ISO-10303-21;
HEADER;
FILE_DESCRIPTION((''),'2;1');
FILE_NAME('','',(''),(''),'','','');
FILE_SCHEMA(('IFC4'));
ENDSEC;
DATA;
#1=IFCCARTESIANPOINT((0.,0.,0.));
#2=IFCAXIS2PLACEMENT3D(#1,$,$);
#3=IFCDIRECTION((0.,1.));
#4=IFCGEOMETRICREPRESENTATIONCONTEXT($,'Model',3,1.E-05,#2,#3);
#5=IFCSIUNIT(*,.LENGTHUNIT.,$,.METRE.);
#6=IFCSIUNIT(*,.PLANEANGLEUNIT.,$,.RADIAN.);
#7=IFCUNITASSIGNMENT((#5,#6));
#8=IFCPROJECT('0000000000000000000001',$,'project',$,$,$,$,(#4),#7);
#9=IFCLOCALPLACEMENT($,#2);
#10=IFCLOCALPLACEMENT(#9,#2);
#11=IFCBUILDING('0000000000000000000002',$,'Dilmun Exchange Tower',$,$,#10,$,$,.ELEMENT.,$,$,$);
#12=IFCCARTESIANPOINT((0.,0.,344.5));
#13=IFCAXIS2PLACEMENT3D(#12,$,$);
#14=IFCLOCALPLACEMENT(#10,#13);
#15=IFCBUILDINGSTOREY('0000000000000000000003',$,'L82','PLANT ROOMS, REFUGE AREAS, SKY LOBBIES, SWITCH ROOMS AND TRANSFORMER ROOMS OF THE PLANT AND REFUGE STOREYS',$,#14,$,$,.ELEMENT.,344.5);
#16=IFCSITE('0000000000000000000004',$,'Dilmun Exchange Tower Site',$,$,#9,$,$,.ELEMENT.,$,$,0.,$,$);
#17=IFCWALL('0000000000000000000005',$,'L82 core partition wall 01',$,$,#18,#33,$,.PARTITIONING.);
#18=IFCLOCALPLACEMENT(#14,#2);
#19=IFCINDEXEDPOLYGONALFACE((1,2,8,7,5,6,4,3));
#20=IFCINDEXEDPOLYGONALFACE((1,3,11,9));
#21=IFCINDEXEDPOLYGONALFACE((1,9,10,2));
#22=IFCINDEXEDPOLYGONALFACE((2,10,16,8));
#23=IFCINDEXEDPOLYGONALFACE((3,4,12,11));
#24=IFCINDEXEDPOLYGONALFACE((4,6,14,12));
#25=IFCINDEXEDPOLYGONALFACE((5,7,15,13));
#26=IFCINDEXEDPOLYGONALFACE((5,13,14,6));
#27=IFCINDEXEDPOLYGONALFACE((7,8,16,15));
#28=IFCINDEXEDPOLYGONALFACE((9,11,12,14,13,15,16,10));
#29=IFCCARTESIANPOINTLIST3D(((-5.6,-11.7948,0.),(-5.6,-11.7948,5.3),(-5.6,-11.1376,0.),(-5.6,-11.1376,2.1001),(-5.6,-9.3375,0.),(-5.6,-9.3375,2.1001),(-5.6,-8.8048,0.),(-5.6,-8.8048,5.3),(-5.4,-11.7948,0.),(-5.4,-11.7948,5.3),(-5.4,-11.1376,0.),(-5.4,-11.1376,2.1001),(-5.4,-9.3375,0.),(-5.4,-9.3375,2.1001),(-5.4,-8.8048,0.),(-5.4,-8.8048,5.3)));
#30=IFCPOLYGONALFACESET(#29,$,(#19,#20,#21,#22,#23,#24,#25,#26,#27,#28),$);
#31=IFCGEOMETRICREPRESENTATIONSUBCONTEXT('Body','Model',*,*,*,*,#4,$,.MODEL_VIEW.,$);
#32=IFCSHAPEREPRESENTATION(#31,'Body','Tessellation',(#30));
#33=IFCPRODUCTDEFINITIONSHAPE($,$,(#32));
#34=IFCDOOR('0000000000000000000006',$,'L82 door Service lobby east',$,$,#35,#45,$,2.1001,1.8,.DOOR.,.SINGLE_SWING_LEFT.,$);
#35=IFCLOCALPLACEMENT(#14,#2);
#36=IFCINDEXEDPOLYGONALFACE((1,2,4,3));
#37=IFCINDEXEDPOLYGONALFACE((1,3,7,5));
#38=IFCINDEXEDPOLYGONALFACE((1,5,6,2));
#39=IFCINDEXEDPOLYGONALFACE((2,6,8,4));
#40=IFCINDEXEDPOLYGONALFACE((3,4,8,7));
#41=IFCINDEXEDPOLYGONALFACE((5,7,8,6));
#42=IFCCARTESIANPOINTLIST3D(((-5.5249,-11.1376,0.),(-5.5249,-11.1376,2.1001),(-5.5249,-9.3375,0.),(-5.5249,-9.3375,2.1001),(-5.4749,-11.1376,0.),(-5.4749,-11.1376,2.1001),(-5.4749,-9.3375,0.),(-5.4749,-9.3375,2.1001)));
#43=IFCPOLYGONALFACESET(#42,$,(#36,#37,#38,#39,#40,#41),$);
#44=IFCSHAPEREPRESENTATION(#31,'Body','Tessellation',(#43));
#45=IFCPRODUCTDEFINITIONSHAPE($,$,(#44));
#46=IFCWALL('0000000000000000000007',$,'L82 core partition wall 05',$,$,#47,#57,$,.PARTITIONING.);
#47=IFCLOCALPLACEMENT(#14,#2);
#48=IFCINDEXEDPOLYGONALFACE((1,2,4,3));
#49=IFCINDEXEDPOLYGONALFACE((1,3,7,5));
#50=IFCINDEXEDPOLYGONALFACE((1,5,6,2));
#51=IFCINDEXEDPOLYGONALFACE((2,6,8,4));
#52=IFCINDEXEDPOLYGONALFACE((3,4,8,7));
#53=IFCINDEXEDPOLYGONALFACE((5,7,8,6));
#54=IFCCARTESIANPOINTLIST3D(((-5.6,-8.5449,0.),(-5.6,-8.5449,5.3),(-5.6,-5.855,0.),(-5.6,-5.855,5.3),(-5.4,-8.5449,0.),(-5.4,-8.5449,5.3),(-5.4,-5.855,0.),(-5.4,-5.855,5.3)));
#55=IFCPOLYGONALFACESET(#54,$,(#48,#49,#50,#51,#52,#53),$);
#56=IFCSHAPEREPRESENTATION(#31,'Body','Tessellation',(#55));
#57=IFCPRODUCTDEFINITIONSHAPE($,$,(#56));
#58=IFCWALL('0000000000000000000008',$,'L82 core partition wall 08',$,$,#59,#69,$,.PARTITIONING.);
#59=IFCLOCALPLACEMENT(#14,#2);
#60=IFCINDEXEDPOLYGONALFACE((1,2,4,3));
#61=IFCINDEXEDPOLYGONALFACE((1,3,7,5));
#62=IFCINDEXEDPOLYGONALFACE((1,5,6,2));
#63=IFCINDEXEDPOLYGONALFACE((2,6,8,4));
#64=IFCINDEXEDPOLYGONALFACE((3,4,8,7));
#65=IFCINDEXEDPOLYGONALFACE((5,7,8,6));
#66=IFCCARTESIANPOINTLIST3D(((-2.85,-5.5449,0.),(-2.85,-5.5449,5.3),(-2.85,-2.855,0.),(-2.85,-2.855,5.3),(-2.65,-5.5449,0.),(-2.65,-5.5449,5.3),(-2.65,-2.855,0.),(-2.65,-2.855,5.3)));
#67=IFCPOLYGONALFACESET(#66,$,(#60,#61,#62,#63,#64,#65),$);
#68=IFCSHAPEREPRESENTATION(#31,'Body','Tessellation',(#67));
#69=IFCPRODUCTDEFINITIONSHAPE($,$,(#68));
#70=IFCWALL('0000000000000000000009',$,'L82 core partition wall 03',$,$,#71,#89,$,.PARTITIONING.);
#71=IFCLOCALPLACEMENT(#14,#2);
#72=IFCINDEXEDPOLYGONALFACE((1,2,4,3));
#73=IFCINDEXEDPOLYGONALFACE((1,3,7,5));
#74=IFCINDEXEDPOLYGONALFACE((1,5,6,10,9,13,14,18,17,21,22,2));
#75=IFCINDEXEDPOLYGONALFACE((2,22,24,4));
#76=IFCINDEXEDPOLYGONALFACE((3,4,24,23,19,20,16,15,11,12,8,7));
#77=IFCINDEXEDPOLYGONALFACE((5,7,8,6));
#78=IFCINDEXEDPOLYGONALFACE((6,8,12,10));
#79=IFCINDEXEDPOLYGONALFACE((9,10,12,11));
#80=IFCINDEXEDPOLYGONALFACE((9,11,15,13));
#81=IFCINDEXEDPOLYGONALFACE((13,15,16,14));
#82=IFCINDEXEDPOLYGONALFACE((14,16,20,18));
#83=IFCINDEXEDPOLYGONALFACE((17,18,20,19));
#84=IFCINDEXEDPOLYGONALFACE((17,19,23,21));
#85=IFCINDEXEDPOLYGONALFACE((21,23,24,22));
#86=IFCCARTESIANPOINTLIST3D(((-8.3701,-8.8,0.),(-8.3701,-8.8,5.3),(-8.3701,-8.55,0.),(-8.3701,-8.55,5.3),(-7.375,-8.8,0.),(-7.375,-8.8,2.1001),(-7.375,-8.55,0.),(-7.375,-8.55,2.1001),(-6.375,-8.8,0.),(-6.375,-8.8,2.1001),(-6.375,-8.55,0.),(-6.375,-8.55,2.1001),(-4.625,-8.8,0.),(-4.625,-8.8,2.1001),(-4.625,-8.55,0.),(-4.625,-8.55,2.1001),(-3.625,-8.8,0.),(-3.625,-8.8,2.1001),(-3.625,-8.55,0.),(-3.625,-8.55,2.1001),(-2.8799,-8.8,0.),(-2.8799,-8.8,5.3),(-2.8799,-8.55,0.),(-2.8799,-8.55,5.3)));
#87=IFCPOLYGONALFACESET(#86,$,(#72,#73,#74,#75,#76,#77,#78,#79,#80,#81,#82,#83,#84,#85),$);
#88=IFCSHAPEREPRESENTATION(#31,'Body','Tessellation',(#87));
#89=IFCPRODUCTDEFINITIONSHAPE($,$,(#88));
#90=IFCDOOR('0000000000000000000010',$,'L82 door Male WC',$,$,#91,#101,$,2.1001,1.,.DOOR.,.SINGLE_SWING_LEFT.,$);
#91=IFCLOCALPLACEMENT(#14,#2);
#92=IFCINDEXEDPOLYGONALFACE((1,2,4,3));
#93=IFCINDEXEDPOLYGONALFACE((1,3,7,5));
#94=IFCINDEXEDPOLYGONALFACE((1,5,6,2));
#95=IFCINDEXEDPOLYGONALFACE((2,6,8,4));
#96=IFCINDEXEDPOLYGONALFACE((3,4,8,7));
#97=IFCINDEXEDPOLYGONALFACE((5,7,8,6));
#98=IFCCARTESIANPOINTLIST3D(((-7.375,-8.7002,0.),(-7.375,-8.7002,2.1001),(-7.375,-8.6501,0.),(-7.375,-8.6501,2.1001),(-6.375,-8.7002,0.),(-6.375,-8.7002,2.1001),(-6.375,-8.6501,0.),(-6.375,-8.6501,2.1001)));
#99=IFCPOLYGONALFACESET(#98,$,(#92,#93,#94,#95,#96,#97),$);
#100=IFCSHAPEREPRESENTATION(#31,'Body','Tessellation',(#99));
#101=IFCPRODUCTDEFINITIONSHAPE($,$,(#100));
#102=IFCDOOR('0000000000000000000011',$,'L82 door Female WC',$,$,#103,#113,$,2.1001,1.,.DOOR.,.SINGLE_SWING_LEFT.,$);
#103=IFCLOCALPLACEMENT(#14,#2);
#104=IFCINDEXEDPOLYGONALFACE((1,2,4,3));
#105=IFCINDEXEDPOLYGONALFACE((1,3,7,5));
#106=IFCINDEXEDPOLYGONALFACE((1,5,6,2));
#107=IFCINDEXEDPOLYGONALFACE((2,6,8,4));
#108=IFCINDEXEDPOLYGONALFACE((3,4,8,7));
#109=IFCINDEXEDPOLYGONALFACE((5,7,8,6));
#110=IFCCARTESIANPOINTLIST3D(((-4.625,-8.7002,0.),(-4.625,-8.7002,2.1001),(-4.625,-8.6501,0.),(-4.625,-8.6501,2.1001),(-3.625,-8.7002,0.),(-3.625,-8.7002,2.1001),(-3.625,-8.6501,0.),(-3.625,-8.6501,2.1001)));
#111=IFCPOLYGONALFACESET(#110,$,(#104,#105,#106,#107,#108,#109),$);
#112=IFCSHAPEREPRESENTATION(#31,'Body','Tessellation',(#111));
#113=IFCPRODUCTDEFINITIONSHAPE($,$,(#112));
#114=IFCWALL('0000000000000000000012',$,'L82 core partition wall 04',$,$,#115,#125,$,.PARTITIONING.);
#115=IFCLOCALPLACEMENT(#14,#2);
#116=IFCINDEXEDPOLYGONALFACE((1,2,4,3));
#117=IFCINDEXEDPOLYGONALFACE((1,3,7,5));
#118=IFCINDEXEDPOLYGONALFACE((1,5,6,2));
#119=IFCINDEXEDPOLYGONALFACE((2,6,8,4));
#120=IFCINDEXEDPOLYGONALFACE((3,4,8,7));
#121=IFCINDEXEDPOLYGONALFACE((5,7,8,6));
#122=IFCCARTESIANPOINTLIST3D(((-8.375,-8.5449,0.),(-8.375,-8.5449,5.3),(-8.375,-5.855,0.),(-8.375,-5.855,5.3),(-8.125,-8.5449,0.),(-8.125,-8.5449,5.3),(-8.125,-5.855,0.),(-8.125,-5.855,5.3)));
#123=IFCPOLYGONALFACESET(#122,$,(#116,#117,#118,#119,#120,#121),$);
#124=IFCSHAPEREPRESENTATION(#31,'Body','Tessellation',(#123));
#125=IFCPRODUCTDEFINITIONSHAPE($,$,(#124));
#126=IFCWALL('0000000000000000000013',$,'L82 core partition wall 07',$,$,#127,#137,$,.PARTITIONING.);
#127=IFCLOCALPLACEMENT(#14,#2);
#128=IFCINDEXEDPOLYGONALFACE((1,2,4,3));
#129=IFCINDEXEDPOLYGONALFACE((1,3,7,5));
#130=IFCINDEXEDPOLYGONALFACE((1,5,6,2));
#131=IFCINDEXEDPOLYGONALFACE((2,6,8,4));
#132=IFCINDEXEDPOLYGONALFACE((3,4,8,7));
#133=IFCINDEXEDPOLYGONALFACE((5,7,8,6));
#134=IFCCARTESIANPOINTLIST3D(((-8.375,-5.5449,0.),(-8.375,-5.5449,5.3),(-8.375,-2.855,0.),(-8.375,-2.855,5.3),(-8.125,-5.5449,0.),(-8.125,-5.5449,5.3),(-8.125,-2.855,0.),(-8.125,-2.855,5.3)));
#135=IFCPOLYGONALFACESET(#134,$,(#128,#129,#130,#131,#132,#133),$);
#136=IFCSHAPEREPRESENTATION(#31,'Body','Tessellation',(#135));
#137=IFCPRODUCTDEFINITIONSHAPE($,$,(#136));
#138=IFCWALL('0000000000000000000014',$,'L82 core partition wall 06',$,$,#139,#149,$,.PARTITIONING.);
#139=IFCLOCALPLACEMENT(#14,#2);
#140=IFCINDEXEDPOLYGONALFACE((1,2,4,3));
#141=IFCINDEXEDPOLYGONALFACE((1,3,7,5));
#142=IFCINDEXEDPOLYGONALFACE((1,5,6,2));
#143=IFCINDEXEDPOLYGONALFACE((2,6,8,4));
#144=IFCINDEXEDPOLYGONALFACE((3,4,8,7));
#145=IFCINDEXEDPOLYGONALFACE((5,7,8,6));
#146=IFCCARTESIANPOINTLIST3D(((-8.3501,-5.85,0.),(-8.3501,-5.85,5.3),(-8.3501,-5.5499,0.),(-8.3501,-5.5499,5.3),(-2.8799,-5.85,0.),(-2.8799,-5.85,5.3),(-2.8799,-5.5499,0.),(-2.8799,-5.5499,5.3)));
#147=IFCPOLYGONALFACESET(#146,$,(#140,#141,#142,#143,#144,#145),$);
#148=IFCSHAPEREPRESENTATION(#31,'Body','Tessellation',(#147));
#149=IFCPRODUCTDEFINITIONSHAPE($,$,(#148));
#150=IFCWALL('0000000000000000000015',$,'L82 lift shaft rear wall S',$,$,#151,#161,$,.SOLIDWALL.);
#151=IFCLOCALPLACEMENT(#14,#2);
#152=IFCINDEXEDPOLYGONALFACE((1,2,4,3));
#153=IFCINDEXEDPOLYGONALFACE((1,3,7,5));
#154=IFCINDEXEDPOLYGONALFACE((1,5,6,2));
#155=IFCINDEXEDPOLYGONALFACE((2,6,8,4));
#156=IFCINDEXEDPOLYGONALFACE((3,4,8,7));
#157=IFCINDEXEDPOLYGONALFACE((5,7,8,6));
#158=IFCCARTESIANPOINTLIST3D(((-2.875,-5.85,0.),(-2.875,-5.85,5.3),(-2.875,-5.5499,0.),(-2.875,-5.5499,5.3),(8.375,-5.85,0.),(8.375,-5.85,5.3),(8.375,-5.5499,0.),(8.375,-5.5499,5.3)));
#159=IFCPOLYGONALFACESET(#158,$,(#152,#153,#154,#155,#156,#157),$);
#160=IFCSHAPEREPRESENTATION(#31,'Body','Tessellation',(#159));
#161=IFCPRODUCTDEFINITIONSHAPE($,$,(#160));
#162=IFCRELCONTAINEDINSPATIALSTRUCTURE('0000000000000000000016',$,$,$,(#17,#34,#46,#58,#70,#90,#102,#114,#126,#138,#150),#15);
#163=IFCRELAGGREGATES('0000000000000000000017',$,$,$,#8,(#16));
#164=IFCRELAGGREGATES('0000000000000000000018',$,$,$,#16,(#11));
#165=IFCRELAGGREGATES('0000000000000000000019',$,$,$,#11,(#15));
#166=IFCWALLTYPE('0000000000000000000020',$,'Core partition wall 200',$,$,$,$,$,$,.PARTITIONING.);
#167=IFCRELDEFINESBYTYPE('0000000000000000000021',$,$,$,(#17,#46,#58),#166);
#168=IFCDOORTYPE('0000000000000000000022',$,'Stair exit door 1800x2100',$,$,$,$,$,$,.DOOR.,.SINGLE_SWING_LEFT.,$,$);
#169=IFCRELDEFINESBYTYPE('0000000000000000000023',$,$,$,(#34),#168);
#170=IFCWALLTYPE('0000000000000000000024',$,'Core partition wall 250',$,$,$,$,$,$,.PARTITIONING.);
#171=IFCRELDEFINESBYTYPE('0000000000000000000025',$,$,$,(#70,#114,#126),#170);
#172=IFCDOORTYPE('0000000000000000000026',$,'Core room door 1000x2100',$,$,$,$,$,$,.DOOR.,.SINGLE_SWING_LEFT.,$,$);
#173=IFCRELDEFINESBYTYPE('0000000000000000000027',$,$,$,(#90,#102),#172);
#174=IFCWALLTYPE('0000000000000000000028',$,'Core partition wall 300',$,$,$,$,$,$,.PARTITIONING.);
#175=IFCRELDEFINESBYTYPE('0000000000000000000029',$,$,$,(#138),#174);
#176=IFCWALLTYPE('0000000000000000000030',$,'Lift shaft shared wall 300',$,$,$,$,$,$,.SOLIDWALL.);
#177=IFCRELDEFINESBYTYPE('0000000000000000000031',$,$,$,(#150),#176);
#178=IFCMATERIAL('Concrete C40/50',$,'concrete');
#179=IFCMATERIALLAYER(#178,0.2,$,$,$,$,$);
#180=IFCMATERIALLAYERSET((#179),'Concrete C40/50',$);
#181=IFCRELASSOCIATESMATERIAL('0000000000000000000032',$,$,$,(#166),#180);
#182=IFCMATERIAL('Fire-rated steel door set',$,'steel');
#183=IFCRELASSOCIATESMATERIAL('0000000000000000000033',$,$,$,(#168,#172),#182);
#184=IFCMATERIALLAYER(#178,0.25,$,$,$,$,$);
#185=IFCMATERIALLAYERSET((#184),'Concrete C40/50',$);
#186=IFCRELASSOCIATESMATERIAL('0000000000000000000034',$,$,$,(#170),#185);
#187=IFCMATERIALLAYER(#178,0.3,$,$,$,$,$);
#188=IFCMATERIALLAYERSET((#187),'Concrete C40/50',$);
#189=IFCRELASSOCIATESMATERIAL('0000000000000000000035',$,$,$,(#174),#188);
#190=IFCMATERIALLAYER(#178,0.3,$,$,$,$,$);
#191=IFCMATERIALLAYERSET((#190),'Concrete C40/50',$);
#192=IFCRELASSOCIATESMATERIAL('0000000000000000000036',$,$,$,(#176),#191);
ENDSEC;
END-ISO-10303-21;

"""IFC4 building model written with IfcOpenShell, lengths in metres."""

from ifc_helpers import new_model, si_unit, direction, frame, frame_2d, origin, place, context, subcontext, project, spatial, rectangle, extrude, material, layer, layer_set, type_object, element, fill, save


model = new_model("IFC4")

# Units and contexts
model_context = context("Model", 3, precision=1e-05, world=origin(), true_north=direction((0.0, 1.0)))
body_context = subcontext(model_context, "Body", "Model", "MODEL_VIEW")
ifc_project = project(units=[si_unit("LENGTHUNIT", "METRE"), si_unit("PLANEANGLEUNIT", "RADIAN")], contexts=[model_context])

# Site, building, storey
site_placement = place(None, origin())
site = spatial("IfcSite", under=ifc_project, at=site_placement, Name="Dilmun Exchange Tower Site", CompositionType="ELEMENT", RefElevation=0.0)
building_placement = place(site_placement, origin())
building = spatial("IfcBuilding", under=site, at=building_placement, Name="Dilmun Exchange Tower", CompositionType="ELEMENT")
storey_placement = place(building_placement, frame((0.0, 0.0, 344.5)))
storey = spatial("IfcBuildingStorey", under=building, at=storey_placement, Name="L82", Description="PLANT ROOMS, REFUGE AREAS, SKY LOBBIES, SWITCH ROOMS AND TRANSFORMER ROOMS OF THE PLANT AND REFUGE STOREYS", CompositionType="ELEMENT", Elevation=344.5)

# Wall, opening, door
ifc_material_1 = material(Name="Concrete C40/50", Category="concrete")
ifc_layer_1 = layer(ifc_material_1, 0.2)
ifc_layer_set_1 = layer_set([ifc_layer_1], Name="Concrete C40/50")
wall_type_1 = type_object("IfcWallType", Name="Core partition wall 200", PredefinedType="PARTITIONING", material=ifc_layer_set_1)
wall_1_placement = place(storey_placement, frame((-5.5, -11.7949, 0.0), z_axis=(0.0, 0.0, 1.0), x_axis=(0.0, 1.0, 0.0)))
wall_1 = element("IfcWall", 1, at=wall_1_placement, inside=storey, type_object=wall_type_1, Name="L82 core partition wall 01", PredefinedType="PARTITIONING", context=body_context, shape_type="SweptSolid", body=[
    extrude(rectangle(XDim=2.99, YDim=0.2, at=frame_2d((1.4951, 0.0))), origin(), (0.0, 0.0, 1.0), 5.3),
])
opening_1_placement = place(wall_1_placement, frame((0.6575, 0.0, 0.0)))
opening_1 = element("IfcOpeningElement", 2, at=opening_1_placement, cuts=wall_1, PredefinedType="OPENING", context=body_context, shape_type="SweptSolid", body=[
    extrude(rectangle(XDim=1.8, YDim=2.1001, at=frame_2d((0.8999, 1.05))), frame((0.0, 0.1099, 0.0), z_axis=(0.0, -1.0, 0.0), x_axis=(1.0, 0.0, 0.0)), (0.0, 0.0, 1.0), 0.22),
])
ifc_material_2 = material(Name="Fire-rated steel door set", Category="steel")
door_type_1 = type_object("IfcDoorType", Name="Stair exit door 1800x2100", OperationType="SINGLE_SWING_LEFT", PredefinedType="DOOR", material=ifc_material_2)
door_1_placement = place(opening_1_placement, origin())
door_1 = element("IfcDoor", 3, at=door_1_placement, inside=storey, type_object=door_type_1, Name="L82 door Service lobby east", OperationType="SINGLE_SWING_LEFT", OverallHeight=2.1001, OverallWidth=1.8, PredefinedType="DOOR", context=body_context, shape_type="SweptSolid", body=[
    extrude(rectangle(XDim=1.8, YDim=2.1001, at=frame_2d((0.8999, 1.05))), frame((0.0, 0.0249, 0.0), z_axis=(0.0, -1.0, 0.0), x_axis=(1.0, 0.0, 0.0)), (0.0, 0.0, 1.0), 0.05),
])
fill(opening_1, door_1)

# Walls
for number, where, z_axis, x_axis, name in (
    (4, (-5.5, -8.5449, 0.0), (0.0, 0.0, 1.0), (0.0, 1.0, 0.0), "L82 core partition wall 05"),
    (5, (-2.75, -5.5449, 0.0), (0.0, 0.0, 1.0), (0.0, 1.0, 0.0), "L82 core partition wall 08"),
):
    element("IfcWall", number, at=place(storey_placement, frame(where, z_axis=z_axis, x_axis=x_axis)), inside=storey, type_object=wall_type_1, Name=name, PredefinedType="PARTITIONING", context=body_context, shape_type="SweptSolid", body=[
        extrude(rectangle(XDim=2.6899, YDim=0.2, at=frame_2d((1.345, 0.0))), origin(), (0.0, 0.0, 1.0), 5.3),
    ])

# Wall, openings, doors
ifc_layer_2 = layer(ifc_material_1, 0.25)
ifc_layer_set_2 = layer_set([ifc_layer_2], Name="Concrete C40/50")
wall_type_2 = type_object("IfcWallType", Name="Core partition wall 250", PredefinedType="PARTITIONING", material=ifc_layer_set_2)
wall_2_placement = place(storey_placement, frame((-8.3701, -8.675, 0.0), z_axis=(0.0, 0.0, 1.0), x_axis=(1.0, 0.0, 0.0)))
wall_2 = element("IfcWall", 6, at=wall_2_placement, inside=storey, type_object=wall_type_2, Name="L82 core partition wall 03", PredefinedType="PARTITIONING", context=body_context, shape_type="SweptSolid", body=[
    extrude(rectangle(XDim=5.4902, YDim=0.25, at=frame_2d((2.7451, 0.0))), origin(), (0.0, 0.0, 1.0), 5.3),
])
opening_2_placement = place(wall_2_placement, frame((0.9951, 0.0, 0.0)))
opening_2 = element("IfcOpeningElement", 7, at=opening_2_placement, cuts=wall_2, PredefinedType="OPENING", context=body_context, shape_type="SweptSolid", body=[
    extrude(rectangle(XDim=1.0, YDim=2.1001, at=frame_2d((0.5, 1.05))), frame((0.0, 0.135, 0.0), z_axis=(0.0, -1.0, 0.0), x_axis=(1.0, 0.0, 0.0)), (0.0, 0.0, 1.0), 0.27),
])
opening_3_placement = place(wall_2_placement, frame((3.7451, 0.0, 0.0)))
opening_3 = element("IfcOpeningElement", 8, at=opening_3_placement, cuts=wall_2, PredefinedType="OPENING", context=body_context, shape_type="SweptSolid", body=[
    extrude(rectangle(XDim=1.0, YDim=2.1001, at=frame_2d((0.5, 1.05))), frame((0.0, 0.135, 0.0), z_axis=(0.0, -1.0, 0.0), x_axis=(1.0, 0.0, 0.0)), (0.0, 0.0, 1.0), 0.27),
])
door_type_2 = type_object("IfcDoorType", Name="Core room door 1000x2100", OperationType="SINGLE_SWING_LEFT", PredefinedType="DOOR", material=ifc_material_2)
door_2_placement = place(opening_2_placement, origin())
door_2 = element("IfcDoor", 9, at=door_2_placement, inside=storey, type_object=door_type_2, Name="L82 door Male WC", OperationType="SINGLE_SWING_LEFT", OverallHeight=2.1001, OverallWidth=1.0, PredefinedType="DOOR", context=body_context, shape_type="SweptSolid", body=[
    extrude(rectangle(XDim=1.0, YDim=2.1001, at=frame_2d((0.5, 1.05))), frame((0.0, 0.0249, 0.0), z_axis=(0.0, -1.0, 0.0), x_axis=(1.0, 0.0, 0.0)), (0.0, 0.0, 1.0), 0.05),
])
fill(opening_2, door_2)
door_3_placement = place(opening_3_placement, origin())
door_3 = element("IfcDoor", 10, at=door_3_placement, inside=storey, type_object=door_type_2, Name="L82 door Female WC", OperationType="SINGLE_SWING_LEFT", OverallHeight=2.1001, OverallWidth=1.0, PredefinedType="DOOR", context=body_context, shape_type="SweptSolid", body=[
    extrude(rectangle(XDim=1.0, YDim=2.1001, at=frame_2d((0.5, 1.05))), frame((0.0, 0.0249, 0.0), z_axis=(0.0, -1.0, 0.0), x_axis=(1.0, 0.0, 0.0)), (0.0, 0.0, 1.0), 0.05),
])
fill(opening_3, door_3)

# Walls
for number, where, z_axis, x_axis, name in (
    (11, (-8.25, -8.5449, 0.0), (0.0, 0.0, 1.0), (0.0, 1.0, 0.0), "L82 core partition wall 04"),
    (12, (-8.25, -5.5449, 0.0), (0.0, 0.0, 1.0), (0.0, 1.0, 0.0), "L82 core partition wall 07"),
):
    element("IfcWall", number, at=place(storey_placement, frame(where, z_axis=z_axis, x_axis=x_axis)), inside=storey, type_object=wall_type_2, Name=name, PredefinedType="PARTITIONING", context=body_context, shape_type="SweptSolid", body=[
        extrude(rectangle(XDim=2.6899, YDim=0.25, at=frame_2d((1.345, 0.0))), origin(), (0.0, 0.0, 1.0), 5.3),
    ])
ifc_layer_3 = layer(ifc_material_1, 0.3)
ifc_layer_set_3 = layer_set([ifc_layer_3], Name="Concrete C40/50")
wall_type_3 = type_object("IfcWallType", Name="Core partition wall 300", PredefinedType="PARTITIONING", material=ifc_layer_set_3)
wall_3_placement = place(storey_placement, frame((-8.3501, -5.7, 0.0), z_axis=(0.0, 0.0, 1.0), x_axis=(1.0, 0.0, 0.0)))
element("IfcWall", 13, at=wall_3_placement, inside=storey, type_object=wall_type_3, Name="L82 core partition wall 06", PredefinedType="PARTITIONING", context=body_context, shape_type="SweptSolid", body=[
    extrude(rectangle(XDim=5.4702, YDim=0.3, at=frame_2d((2.7351, 0.0))), origin(), (0.0, 0.0, 1.0), 5.3),
])
ifc_layer_4 = layer(ifc_material_1, 0.3)
ifc_layer_set_4 = layer_set([ifc_layer_4], Name="Concrete C40/50")
wall_type_4 = type_object("IfcWallType", Name="Lift shaft shared wall 300", PredefinedType="SOLIDWALL", material=ifc_layer_set_4)
wall_4_placement = place(storey_placement, frame((-2.875, -5.7, 0.0), z_axis=(0.0, 0.0, 1.0), x_axis=(1.0, 0.0, 0.0)))
element("IfcWall", 14, at=wall_4_placement, inside=storey, type_object=wall_type_4, Name="L82 lift shaft rear wall S", PredefinedType="SOLIDWALL", context=body_context, shape_type="SweptSolid", body=[
    extrude(rectangle(XDim=11.25, YDim=0.3, at=frame_2d((5.625, 0.0))), origin(), (0.0, 0.0, 1.0), 5.3),
])

save(model, "model.ifc")
